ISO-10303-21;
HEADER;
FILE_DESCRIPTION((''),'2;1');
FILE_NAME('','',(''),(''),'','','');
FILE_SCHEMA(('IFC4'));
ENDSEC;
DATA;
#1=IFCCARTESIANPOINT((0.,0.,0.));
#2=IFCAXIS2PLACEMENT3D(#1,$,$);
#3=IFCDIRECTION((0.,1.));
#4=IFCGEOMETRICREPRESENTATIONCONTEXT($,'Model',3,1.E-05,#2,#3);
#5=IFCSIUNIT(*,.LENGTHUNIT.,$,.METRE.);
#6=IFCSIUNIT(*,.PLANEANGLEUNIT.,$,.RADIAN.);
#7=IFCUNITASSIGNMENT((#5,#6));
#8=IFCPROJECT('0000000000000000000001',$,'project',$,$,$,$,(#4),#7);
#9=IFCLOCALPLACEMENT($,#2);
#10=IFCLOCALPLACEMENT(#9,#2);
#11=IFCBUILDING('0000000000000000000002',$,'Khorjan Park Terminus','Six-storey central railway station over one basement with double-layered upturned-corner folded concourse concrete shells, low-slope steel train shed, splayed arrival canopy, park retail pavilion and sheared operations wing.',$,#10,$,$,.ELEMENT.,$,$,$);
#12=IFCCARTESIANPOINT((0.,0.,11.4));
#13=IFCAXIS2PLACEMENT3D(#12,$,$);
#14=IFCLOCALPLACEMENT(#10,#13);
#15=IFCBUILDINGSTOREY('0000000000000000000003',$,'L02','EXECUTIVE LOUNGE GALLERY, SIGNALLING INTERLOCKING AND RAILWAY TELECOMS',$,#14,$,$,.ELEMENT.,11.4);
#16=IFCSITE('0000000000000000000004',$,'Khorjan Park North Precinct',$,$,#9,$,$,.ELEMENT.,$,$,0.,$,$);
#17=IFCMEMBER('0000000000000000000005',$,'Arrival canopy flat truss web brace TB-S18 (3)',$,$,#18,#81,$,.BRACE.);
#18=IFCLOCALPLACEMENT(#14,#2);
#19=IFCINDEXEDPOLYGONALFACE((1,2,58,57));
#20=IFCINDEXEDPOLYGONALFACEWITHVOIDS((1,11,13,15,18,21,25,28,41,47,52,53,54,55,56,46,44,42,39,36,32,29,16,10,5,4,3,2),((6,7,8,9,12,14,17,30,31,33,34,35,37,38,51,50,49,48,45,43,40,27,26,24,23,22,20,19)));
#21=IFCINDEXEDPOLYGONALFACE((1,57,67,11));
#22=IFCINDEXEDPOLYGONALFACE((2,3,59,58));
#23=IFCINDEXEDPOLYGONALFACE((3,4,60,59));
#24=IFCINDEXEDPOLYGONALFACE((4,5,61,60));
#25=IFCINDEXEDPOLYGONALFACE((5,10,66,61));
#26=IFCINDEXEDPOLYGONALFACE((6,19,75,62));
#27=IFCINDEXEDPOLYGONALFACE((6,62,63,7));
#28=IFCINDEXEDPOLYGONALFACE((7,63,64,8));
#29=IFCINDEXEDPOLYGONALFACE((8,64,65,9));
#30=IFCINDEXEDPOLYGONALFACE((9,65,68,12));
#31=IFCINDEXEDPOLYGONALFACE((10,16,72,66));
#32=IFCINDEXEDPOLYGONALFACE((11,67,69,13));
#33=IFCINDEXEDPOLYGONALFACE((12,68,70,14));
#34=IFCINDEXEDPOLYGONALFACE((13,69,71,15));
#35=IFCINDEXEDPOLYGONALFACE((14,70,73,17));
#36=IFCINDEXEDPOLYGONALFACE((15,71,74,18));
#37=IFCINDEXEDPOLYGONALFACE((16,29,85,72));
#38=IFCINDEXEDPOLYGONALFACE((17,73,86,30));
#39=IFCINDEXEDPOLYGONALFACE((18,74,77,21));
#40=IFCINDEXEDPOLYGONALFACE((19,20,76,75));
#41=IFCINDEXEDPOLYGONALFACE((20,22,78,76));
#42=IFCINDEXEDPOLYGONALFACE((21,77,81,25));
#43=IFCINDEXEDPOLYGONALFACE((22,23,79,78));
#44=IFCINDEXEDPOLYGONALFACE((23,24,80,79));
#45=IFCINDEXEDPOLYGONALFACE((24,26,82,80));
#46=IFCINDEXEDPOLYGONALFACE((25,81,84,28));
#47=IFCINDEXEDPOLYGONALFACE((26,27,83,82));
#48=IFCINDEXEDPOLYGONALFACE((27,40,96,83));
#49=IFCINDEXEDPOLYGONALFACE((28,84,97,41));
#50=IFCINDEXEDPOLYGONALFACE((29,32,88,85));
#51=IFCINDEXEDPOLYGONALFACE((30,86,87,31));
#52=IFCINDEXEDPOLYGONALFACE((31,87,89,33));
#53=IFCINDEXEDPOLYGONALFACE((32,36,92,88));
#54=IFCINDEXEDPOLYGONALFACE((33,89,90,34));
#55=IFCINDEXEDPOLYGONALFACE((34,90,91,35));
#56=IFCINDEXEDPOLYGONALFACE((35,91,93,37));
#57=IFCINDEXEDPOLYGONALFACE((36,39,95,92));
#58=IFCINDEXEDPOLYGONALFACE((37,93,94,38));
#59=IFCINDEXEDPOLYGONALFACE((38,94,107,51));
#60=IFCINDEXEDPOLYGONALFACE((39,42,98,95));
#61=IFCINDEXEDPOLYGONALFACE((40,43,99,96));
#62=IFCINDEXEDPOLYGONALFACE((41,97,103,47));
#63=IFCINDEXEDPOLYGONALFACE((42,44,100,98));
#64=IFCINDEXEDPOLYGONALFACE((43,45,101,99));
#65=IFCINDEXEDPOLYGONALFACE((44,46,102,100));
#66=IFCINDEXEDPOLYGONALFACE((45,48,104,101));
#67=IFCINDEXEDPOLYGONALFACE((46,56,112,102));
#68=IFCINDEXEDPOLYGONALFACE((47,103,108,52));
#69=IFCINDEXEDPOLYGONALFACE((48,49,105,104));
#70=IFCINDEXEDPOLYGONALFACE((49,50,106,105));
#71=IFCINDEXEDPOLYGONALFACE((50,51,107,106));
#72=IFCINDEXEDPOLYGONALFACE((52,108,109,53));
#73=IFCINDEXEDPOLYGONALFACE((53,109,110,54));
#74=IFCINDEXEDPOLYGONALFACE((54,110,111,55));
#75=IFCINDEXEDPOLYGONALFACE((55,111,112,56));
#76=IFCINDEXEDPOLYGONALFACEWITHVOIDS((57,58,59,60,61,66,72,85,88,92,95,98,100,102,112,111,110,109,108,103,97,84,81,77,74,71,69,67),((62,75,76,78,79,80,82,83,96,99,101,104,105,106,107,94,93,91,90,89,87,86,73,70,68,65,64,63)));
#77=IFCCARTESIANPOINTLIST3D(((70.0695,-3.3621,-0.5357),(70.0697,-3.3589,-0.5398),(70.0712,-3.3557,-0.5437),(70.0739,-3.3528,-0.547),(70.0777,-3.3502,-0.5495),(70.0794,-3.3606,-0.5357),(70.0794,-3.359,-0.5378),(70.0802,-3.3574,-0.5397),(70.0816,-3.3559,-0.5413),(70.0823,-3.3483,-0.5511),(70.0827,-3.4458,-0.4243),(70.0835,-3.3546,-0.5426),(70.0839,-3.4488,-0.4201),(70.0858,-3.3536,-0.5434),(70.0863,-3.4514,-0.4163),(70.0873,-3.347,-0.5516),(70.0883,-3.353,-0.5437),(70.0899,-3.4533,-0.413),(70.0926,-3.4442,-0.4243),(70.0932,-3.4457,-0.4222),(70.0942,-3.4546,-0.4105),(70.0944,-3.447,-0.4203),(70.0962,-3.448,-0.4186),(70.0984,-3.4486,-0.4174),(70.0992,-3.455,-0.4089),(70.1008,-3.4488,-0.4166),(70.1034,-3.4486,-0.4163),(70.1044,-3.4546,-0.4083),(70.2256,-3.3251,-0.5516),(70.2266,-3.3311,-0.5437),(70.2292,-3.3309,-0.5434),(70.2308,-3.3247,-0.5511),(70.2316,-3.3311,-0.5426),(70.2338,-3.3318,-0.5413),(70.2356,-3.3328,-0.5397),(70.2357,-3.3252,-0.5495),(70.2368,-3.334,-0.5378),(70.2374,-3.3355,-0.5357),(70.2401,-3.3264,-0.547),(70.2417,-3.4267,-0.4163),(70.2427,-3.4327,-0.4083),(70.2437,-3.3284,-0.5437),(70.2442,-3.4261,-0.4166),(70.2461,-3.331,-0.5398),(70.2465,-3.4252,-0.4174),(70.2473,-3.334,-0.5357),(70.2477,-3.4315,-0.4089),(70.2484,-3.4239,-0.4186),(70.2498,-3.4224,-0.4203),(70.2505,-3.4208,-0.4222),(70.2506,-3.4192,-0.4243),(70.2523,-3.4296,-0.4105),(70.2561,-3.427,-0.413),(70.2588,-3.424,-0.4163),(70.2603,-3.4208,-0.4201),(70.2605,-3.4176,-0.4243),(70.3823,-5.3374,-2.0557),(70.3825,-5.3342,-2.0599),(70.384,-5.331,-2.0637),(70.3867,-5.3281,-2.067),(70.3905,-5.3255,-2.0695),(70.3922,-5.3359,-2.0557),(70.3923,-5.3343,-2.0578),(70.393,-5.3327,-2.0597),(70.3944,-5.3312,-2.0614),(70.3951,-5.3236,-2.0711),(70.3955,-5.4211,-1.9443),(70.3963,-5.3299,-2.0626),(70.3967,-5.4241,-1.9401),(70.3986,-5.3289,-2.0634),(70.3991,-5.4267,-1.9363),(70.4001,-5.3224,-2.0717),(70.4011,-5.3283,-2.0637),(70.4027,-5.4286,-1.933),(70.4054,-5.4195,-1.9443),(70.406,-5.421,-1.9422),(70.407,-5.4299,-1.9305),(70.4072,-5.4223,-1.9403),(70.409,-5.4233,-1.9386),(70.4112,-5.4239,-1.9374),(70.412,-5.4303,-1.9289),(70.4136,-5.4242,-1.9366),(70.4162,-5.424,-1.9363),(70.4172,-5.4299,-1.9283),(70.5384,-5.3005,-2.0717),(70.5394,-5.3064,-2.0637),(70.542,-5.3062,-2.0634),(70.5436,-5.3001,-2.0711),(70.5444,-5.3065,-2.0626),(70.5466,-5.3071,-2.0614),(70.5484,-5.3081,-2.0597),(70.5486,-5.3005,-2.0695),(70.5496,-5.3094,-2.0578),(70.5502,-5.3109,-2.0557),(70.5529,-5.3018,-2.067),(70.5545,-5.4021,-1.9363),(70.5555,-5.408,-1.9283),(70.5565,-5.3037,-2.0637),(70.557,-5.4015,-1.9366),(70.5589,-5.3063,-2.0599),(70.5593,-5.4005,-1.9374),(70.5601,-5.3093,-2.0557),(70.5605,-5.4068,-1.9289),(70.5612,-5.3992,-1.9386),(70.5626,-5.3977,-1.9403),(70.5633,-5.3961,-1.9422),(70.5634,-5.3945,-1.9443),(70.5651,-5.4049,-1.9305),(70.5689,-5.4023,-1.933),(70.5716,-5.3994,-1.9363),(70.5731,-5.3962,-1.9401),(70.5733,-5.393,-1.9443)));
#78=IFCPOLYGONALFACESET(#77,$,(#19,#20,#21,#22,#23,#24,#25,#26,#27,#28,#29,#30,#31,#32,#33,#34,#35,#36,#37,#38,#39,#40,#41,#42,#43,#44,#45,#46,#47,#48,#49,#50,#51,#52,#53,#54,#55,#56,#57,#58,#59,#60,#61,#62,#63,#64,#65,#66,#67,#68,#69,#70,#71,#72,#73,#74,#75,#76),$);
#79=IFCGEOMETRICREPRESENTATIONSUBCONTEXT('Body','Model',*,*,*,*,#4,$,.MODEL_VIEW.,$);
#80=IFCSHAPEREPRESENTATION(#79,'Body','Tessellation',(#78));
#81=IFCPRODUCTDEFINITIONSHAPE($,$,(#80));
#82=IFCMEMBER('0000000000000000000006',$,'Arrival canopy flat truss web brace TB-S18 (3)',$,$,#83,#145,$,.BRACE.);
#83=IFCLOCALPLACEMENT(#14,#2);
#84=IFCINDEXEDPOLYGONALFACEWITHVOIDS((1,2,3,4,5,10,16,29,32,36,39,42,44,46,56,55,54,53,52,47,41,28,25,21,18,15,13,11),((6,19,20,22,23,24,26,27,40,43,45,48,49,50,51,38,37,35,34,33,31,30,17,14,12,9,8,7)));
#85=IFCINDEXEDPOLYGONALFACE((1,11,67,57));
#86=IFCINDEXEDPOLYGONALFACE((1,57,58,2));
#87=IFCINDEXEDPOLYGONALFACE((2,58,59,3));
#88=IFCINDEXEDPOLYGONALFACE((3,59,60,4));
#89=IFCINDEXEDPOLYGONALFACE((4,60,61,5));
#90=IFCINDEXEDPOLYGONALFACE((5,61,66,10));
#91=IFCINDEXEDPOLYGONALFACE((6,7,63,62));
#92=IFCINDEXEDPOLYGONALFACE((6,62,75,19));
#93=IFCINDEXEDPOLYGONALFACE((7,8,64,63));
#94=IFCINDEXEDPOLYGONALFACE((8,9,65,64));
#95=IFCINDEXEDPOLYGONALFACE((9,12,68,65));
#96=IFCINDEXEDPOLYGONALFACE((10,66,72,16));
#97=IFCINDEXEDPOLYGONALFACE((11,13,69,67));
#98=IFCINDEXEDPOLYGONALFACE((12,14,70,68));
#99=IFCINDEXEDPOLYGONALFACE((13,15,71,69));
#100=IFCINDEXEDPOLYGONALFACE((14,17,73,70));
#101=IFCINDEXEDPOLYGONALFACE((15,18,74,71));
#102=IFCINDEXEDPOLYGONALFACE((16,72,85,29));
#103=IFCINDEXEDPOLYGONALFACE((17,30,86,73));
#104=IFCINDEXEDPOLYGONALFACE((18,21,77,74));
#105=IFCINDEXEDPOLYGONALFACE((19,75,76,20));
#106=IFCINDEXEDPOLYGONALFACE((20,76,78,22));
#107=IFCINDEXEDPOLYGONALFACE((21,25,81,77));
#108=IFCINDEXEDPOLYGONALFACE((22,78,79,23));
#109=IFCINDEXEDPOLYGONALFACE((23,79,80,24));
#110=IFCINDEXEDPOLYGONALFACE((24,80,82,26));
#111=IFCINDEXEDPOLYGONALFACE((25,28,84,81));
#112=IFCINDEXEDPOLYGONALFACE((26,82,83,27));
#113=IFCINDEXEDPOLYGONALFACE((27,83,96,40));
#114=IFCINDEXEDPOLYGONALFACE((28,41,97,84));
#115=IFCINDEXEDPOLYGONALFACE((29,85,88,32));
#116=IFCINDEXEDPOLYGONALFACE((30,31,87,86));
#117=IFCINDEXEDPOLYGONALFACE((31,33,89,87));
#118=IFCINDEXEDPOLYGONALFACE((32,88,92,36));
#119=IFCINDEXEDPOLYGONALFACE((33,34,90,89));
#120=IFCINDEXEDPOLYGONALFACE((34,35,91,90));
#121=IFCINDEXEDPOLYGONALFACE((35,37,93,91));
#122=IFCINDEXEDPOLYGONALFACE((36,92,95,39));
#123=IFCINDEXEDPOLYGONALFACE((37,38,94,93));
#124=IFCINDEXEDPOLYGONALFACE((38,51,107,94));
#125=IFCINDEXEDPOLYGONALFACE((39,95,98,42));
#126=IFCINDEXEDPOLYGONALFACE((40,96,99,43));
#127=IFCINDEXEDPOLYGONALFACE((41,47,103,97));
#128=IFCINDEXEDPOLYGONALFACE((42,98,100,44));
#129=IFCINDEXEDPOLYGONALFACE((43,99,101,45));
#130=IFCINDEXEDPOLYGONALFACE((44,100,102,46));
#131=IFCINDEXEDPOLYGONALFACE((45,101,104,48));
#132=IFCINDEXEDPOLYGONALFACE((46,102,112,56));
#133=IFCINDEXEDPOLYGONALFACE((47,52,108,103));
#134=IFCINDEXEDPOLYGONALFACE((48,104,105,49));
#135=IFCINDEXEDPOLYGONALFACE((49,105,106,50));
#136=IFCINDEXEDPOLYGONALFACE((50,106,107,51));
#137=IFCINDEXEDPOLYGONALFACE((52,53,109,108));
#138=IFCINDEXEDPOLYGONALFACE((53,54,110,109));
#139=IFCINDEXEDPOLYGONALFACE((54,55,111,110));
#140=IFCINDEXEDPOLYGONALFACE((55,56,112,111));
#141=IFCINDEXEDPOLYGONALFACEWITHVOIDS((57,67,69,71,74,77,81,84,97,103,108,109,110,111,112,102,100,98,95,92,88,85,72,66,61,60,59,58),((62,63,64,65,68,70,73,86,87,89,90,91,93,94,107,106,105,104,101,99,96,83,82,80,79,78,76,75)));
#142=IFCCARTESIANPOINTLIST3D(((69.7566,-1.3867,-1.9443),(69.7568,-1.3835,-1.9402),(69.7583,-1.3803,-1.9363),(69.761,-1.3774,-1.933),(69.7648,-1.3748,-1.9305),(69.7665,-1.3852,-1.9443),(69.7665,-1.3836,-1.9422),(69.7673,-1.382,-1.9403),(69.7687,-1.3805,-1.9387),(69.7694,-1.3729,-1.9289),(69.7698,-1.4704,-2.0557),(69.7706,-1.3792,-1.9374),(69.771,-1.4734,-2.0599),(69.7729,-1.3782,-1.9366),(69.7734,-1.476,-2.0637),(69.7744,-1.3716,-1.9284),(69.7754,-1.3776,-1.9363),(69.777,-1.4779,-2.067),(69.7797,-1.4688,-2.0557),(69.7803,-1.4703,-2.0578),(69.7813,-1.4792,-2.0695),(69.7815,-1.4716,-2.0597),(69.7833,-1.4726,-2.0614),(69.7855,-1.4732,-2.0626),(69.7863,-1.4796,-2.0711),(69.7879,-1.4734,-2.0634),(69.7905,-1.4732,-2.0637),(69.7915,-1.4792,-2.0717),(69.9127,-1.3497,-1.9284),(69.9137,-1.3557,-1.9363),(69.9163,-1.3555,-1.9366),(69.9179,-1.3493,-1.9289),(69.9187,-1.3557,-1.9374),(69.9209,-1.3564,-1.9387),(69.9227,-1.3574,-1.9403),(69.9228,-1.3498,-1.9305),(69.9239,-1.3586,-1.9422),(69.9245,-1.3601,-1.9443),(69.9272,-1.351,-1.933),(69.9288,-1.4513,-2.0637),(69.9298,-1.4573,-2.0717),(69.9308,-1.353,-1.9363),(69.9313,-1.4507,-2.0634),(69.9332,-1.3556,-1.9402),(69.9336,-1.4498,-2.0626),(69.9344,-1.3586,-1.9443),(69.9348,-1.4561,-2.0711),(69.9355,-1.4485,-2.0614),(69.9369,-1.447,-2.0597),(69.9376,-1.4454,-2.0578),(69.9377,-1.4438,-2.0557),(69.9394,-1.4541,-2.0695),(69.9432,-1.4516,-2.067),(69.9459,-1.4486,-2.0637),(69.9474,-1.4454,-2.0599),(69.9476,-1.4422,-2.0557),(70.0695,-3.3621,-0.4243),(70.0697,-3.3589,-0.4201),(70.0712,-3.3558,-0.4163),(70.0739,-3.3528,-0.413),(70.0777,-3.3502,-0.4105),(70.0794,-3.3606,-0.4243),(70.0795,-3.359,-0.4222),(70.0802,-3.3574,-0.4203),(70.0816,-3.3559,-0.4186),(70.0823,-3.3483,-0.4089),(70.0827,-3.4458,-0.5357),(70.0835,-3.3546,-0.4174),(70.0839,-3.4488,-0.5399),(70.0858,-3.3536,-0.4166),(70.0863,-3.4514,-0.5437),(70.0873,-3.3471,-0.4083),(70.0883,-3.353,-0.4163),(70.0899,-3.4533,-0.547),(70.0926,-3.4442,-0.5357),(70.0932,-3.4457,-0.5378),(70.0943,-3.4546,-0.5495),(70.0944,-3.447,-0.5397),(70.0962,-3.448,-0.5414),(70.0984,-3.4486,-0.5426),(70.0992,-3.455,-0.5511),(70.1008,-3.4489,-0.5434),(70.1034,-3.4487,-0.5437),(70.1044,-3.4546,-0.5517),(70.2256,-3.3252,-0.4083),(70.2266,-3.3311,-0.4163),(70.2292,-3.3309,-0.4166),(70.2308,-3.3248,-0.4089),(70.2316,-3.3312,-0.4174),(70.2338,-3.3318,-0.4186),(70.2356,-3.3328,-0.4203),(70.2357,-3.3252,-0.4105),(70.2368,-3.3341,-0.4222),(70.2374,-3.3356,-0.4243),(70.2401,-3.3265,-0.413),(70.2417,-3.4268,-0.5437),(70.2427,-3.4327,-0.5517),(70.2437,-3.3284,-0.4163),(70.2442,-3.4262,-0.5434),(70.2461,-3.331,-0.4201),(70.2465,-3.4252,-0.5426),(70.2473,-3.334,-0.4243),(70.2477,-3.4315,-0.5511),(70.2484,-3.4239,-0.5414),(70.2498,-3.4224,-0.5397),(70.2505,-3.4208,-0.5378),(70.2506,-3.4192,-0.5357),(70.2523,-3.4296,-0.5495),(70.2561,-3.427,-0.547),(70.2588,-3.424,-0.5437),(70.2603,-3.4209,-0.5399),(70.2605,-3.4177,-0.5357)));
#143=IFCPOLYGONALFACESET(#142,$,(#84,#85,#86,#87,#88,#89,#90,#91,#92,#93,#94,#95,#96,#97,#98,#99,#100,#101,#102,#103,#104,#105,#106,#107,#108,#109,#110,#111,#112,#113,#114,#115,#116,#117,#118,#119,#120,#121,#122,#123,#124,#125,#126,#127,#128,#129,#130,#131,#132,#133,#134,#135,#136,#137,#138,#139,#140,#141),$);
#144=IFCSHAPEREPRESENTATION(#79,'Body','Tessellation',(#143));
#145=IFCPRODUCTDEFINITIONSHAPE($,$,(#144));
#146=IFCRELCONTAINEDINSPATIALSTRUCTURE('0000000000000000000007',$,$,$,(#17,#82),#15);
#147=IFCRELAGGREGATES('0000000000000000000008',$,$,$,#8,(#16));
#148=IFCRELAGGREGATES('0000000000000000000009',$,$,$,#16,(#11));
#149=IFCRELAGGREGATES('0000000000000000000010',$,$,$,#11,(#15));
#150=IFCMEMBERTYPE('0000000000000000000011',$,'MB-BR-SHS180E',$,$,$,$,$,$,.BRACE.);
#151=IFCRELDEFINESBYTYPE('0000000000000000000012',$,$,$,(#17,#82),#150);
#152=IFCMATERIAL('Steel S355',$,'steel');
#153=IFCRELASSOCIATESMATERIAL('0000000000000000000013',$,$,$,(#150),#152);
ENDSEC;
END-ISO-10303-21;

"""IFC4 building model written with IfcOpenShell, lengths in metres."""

from ifc_helpers import new_model, si_unit, direction, frame, origin, origin_2d, place, context, subcontext, project, spatial, hollow_rectangle, extrude, material, material_profile, profile_set, type_object, element, save


model = new_model("IFC4")

# Units and contexts
model_context = context("Model", 3, precision=1e-05, world=origin(), true_north=direction((0.0, 1.0)))
body_context = subcontext(model_context, "Body", "Model", "MODEL_VIEW")
ifc_project = project(units=[si_unit("LENGTHUNIT", "METRE"), si_unit("PLANEANGLEUNIT", "RADIAN")], contexts=[model_context])

# Site, building, storey
site_placement = place(None, origin())
site = spatial("IfcSite", under=ifc_project, at=site_placement, Name="Khorjan Park North Precinct", CompositionType="ELEMENT", RefElevation=0.0)
building_placement = place(site_placement, origin())
building = spatial("IfcBuilding", under=site, at=building_placement, Name="Khorjan Park Terminus", Description="Six-storey central railway station over one basement with double-layered upturned-corner folded concourse concrete shells, low-slope steel train shed, splayed arrival canopy, park retail pavilion and sheared operations wing.", CompositionType="ELEMENT")
storey_placement = place(building_placement, frame((0.0, 0.0, 11.4)))
storey = spatial("IfcBuildingStorey", under=building, at=storey_placement, Name="L02", Description="EXECUTIVE LOUNGE GALLERY, SIGNALLING INTERLOCKING AND RAILWAY TELECOMS", CompositionType="ELEMENT", Elevation=11.4)

# Members
ifc_material = material(Name="Steel S355", Category="steel")
ifc_material_profile_1 = material_profile(ifc_material, hollow_rectangle(XDim=0.18, YDim=0.18, WallThickness=0.01, InnerFilletRadius=0.01, OuterFilletRadius=0.02, at=origin_2d()), Name="SHS 180x180x10")
ifc_profile_set_1 = profile_set([ifc_material_profile_1], Name="Steel S355")
member_type_1 = type_object("IfcMemberType", Name="MB-BR-SHS180E", PredefinedType="BRACE", material=ifc_profile_set_1)
member_1_placement = place(storey_placement, frame((70.4778, -5.3652, -2.0), z_axis=(-0.124523, 0.786351, 0.6051), x_axis=(-0.987693, -0.156407, 0.0)))
element("IfcMember", 1, at=member_1_placement, inside=storey, type_object=member_type_1, Name="Arrival canopy flat truss web brace TB-S18 (3)", PredefinedType="BRACE", context=body_context, shape_type="SweptSolid", body=[
    extrude(hollow_rectangle(XDim=0.18, YDim=0.18, WallThickness=0.01, InnerFilletRadius=0.01, OuterFilletRadius=0.02, at=origin_2d()), origin(), (0.0, 0.0, 1.0), 2.512),
])
for number, where, z_axis, x_axis, name in (
    (2, (70.165, -3.3899, -0.48), (-0.124558, 0.786362, -0.605078), (-0.987686, -0.156448, 0.0), "Arrival canopy flat truss web brace TB-S18 (3)"),
):
    element("IfcMember", number, at=place(storey_placement, frame(where, z_axis=z_axis, x_axis=x_axis)), inside=storey, type_object=member_type_1, Name=name, PredefinedType="BRACE", context=body_context, shape_type="SweptSolid", body=[
        extrude(hollow_rectangle(XDim=0.18, YDim=0.18, WallThickness=0.01, InnerFilletRadius=0.01, OuterFilletRadius=0.02, at=origin_2d()), origin(), (0.0, 0.0, 1.0), 2.5121),
    ])

save(model, "model.ifc")
